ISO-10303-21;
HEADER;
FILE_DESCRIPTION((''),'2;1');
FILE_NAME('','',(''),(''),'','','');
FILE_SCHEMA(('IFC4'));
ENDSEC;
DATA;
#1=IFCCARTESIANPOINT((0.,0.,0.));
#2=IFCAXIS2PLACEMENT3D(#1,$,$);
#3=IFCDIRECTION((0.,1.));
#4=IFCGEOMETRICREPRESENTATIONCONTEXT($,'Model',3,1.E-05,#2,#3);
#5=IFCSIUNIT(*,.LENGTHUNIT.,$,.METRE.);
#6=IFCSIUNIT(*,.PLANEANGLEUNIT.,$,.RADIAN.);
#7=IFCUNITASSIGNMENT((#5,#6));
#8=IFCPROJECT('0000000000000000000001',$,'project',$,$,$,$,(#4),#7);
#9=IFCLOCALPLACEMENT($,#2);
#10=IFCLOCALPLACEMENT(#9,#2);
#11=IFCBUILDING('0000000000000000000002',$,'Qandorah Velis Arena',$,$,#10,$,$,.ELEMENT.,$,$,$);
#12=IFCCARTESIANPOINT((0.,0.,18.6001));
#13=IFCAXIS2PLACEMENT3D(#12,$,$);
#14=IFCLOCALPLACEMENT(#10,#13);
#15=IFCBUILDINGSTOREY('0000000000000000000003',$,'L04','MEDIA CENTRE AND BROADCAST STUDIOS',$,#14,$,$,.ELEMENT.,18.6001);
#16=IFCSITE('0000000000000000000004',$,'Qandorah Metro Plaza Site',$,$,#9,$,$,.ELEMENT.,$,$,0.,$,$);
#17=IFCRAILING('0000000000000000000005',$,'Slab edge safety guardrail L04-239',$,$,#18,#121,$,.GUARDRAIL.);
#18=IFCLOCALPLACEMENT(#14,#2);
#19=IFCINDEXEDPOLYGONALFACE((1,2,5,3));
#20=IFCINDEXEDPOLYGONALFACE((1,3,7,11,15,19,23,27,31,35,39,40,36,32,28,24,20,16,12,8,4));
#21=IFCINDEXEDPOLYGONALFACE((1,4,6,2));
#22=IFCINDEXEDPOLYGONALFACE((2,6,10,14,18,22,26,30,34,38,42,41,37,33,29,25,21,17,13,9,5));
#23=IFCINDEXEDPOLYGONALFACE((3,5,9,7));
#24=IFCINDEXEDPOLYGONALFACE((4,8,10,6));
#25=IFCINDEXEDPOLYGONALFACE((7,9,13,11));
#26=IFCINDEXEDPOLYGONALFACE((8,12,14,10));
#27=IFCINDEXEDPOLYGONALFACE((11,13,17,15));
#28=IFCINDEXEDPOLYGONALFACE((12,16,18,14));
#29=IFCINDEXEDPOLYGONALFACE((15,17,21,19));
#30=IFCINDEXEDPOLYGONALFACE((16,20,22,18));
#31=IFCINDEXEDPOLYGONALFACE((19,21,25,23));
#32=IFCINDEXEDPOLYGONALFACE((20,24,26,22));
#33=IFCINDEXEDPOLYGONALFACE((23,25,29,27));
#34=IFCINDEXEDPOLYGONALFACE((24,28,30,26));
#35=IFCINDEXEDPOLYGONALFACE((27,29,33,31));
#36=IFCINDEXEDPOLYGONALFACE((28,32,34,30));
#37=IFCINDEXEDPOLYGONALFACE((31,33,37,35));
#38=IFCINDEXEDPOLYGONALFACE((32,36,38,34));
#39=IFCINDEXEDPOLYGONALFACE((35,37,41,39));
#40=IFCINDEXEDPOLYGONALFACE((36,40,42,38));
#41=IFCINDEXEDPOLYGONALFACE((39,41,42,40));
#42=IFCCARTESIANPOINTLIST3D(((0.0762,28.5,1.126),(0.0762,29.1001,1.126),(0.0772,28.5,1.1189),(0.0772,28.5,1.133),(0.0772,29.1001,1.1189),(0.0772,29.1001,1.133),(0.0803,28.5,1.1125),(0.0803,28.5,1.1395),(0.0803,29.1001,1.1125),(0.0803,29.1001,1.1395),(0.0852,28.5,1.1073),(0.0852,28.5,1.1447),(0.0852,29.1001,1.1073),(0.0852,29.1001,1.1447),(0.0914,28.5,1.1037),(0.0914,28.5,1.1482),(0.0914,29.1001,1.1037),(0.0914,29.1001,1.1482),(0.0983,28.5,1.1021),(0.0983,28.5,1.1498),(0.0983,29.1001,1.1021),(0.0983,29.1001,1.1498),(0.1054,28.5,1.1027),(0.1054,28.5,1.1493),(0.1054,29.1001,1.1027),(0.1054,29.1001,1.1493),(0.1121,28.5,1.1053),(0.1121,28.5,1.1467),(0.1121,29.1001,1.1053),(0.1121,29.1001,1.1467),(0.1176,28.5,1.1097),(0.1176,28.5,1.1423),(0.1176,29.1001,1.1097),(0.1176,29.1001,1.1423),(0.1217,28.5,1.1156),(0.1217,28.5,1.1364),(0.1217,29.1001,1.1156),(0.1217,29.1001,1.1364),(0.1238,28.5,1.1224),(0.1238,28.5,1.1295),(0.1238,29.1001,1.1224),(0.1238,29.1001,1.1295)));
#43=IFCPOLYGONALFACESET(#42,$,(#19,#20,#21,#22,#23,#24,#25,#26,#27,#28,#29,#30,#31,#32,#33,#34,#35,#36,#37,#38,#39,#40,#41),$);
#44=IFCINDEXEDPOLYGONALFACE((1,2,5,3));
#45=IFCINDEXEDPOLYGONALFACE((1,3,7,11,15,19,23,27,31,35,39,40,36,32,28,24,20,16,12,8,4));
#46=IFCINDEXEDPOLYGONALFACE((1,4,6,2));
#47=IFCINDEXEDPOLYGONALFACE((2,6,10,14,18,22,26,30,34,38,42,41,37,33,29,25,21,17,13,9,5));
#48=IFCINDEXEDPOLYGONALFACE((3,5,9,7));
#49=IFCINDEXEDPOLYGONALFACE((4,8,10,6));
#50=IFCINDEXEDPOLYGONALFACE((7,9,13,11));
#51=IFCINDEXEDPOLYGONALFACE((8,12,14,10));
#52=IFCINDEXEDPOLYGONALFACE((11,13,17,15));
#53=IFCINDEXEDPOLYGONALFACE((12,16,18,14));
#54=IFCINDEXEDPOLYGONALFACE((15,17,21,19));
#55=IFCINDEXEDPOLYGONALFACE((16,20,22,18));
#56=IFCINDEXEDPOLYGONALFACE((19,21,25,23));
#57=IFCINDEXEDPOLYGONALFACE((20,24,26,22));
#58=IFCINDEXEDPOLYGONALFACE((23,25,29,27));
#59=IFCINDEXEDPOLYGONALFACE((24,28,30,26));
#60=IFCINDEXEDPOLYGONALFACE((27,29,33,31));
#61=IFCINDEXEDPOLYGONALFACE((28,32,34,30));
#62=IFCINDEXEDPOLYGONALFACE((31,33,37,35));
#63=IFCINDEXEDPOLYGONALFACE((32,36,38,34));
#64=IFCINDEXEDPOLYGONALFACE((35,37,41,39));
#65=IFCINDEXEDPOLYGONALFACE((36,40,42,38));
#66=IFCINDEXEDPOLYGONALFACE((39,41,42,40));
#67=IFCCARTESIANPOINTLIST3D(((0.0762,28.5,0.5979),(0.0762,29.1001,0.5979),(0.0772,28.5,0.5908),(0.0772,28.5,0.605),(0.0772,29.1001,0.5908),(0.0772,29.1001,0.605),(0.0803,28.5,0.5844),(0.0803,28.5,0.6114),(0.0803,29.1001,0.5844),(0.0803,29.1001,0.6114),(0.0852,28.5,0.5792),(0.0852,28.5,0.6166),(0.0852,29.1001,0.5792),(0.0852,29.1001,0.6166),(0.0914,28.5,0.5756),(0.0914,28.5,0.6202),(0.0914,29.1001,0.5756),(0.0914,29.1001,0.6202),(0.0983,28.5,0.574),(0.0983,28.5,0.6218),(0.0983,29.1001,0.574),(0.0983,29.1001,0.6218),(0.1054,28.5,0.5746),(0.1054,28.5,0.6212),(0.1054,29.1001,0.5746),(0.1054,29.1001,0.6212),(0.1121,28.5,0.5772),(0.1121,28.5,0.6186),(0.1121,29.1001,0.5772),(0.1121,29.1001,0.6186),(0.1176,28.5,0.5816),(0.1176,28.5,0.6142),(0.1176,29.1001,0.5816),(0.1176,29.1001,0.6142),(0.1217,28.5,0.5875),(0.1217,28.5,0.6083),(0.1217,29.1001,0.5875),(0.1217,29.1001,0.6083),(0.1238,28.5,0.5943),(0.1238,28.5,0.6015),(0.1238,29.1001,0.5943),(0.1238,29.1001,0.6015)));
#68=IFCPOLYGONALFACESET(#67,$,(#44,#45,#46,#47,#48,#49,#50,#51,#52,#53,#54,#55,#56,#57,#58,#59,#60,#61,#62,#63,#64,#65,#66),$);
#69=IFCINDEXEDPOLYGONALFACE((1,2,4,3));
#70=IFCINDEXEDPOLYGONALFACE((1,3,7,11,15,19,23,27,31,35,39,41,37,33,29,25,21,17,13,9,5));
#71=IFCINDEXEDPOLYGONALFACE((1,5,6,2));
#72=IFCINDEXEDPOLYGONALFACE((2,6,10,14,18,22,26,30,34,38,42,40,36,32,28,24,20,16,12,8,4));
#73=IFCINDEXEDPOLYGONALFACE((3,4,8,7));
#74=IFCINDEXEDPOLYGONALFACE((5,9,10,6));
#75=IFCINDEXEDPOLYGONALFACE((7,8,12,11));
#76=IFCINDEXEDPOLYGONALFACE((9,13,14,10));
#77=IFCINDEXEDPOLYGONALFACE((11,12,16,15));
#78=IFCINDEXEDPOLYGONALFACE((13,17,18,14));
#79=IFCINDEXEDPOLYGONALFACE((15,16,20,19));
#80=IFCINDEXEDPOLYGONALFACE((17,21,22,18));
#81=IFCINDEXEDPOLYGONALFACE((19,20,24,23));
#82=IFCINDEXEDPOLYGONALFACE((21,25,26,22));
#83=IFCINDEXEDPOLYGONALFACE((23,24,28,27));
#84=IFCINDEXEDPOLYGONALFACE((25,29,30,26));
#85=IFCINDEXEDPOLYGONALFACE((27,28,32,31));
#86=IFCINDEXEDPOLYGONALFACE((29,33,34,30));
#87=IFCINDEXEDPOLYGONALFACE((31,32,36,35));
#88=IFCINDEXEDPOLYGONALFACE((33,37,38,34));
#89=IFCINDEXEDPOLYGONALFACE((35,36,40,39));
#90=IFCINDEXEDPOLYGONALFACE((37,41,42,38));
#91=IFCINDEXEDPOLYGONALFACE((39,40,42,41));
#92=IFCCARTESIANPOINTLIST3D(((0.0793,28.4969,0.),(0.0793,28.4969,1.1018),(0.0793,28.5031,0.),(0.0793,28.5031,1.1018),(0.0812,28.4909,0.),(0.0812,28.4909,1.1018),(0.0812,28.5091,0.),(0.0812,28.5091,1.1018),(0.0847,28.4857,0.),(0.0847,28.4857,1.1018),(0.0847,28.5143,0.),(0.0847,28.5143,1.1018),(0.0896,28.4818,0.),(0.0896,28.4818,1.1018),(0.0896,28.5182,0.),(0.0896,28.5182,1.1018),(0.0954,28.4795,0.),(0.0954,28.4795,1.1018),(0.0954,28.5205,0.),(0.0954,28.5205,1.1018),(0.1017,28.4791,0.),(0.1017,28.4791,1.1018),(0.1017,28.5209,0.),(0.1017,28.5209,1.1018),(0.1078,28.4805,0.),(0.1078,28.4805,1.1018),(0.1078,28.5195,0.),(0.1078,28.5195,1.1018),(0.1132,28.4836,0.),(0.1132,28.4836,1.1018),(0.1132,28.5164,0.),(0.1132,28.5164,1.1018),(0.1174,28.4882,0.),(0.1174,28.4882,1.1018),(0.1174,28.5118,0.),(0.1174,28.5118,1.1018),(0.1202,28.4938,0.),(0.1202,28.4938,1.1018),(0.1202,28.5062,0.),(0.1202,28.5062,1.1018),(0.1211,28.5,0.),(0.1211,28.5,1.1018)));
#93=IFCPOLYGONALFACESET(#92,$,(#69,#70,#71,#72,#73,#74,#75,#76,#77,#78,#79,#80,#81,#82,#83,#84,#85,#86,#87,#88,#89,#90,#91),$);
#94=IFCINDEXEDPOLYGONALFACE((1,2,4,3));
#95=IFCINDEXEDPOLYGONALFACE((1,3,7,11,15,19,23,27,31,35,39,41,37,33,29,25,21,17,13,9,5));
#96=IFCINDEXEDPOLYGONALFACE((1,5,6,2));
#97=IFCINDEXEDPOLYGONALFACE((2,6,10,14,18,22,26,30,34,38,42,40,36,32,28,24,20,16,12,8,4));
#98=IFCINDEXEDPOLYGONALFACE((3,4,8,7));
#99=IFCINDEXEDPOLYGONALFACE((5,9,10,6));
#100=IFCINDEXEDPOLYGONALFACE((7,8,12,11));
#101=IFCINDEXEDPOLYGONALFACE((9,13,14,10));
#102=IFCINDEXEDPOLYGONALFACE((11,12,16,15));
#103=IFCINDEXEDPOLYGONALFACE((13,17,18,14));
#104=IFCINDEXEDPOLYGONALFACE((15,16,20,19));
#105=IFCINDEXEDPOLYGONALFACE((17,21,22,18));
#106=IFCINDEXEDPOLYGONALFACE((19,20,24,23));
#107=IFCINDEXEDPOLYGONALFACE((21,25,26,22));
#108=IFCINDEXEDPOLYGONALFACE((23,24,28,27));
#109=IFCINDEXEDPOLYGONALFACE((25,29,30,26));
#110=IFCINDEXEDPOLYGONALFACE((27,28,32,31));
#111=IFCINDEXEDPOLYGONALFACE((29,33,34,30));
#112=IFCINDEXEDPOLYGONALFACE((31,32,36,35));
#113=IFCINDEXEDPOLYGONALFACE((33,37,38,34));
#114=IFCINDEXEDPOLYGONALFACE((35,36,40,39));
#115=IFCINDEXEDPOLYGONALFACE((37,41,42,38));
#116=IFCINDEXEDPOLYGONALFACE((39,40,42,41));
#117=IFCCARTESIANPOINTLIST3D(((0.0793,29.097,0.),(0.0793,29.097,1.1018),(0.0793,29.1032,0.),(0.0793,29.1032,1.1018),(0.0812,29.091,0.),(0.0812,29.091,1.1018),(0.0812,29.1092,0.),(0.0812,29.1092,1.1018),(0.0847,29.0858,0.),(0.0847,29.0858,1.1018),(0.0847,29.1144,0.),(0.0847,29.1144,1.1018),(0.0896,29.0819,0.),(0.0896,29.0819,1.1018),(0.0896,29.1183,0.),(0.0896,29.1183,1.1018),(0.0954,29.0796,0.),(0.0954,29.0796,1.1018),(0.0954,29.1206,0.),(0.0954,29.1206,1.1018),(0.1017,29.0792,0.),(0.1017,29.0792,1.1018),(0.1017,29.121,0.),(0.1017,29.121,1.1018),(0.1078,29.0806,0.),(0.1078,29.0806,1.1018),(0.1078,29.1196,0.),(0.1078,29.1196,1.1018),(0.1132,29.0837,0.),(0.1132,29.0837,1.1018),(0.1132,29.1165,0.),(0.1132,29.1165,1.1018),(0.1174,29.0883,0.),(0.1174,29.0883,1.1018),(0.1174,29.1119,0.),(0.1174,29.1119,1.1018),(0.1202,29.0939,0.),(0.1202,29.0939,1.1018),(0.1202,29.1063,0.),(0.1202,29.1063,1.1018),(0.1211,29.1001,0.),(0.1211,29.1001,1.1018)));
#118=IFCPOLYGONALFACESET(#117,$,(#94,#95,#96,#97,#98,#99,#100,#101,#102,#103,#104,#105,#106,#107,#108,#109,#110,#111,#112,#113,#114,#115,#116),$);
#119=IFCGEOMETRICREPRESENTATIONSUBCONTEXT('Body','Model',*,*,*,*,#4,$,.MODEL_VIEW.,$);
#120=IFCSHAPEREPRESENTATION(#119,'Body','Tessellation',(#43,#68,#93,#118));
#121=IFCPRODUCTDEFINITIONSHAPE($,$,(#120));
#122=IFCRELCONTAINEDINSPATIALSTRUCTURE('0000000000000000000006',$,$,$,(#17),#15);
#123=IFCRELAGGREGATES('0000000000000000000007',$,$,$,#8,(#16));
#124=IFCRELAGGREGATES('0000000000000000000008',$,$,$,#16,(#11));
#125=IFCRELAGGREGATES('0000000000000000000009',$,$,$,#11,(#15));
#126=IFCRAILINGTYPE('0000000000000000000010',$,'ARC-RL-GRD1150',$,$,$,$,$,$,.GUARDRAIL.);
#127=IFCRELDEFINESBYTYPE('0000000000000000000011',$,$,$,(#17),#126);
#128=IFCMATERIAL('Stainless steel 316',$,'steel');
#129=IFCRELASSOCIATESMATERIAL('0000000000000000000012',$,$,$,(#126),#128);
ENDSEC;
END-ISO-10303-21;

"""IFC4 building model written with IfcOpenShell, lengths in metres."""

from ifc_helpers import new_model, si_unit, direction, frame, origin, origin_2d, place, context, subcontext, project, spatial, circle, extrude, material, type_object, element, save


model = new_model("IFC4")

# Units and contexts
model_context = context("Model", 3, precision=1e-05, world=origin(), true_north=direction((0.0, 1.0)))
body_context = subcontext(model_context, "Body", "Model", "MODEL_VIEW")
ifc_project = project(units=[si_unit("LENGTHUNIT", "METRE"), si_unit("PLANEANGLEUNIT", "RADIAN")], contexts=[model_context])

# Site, building, storey
site_placement = place(None, origin())
site = spatial("IfcSite", under=ifc_project, at=site_placement, Name="Qandorah Metro Plaza Site", CompositionType="ELEMENT", RefElevation=0.0)
building_placement = place(site_placement, origin())
building = spatial("IfcBuilding", under=site, at=building_placement, Name="Qandorah Velis Arena", CompositionType="ELEMENT")
storey_placement = place(building_placement, frame((0.0, 0.0, 18.6001)))
storey = spatial("IfcBuildingStorey", under=building, at=storey_placement, Name="L04", Description="MEDIA CENTRE AND BROADCAST STUDIOS", CompositionType="ELEMENT", Elevation=18.6001)

# Railing
ifc_material_1 = material(Name="Stainless steel 316", Category="steel")
railing_type = type_object("IfcRailingType", Name="ARC-RL-GRD1150", PredefinedType="GUARDRAIL", material=ifc_material_1)
railing_1_placement = place(storey_placement, frame((0.1001, 28.5, 0.0)))
element("IfcRailing", 1, at=railing_1_placement, inside=storey, type_object=railing_type, Name="Slab edge safety guardrail L04-239", PredefinedType="GUARDRAIL", context=body_context, shape_type="SweptSolid", body=[
    extrude(circle(Radius=0.0239, at=origin_2d()), frame((0.0, 0.0, 1.126), z_axis=(0.0, 1.0, 0.0), x_axis=(-1.0, 0.0, 0.0)), (0.0, 0.0, 1.0), 0.6001),
    extrude(circle(Radius=0.0239, at=origin_2d()), frame((0.0, 0.0, 0.5979), z_axis=(0.0, 1.0, 0.0), x_axis=(-1.0, 0.0, 0.0)), (0.0, 0.0, 1.0), 0.6001),
    extrude(circle(Radius=0.021, at=origin_2d()), origin(), (0.0, 0.0, 1.0), 1.1018),
    extrude(circle(Radius=0.021, at=origin_2d()), frame((0.0, 0.6001, 0.0)), (0.0, 0.0, 1.0), 1.1018),
])

save(model, "model.ifc")
